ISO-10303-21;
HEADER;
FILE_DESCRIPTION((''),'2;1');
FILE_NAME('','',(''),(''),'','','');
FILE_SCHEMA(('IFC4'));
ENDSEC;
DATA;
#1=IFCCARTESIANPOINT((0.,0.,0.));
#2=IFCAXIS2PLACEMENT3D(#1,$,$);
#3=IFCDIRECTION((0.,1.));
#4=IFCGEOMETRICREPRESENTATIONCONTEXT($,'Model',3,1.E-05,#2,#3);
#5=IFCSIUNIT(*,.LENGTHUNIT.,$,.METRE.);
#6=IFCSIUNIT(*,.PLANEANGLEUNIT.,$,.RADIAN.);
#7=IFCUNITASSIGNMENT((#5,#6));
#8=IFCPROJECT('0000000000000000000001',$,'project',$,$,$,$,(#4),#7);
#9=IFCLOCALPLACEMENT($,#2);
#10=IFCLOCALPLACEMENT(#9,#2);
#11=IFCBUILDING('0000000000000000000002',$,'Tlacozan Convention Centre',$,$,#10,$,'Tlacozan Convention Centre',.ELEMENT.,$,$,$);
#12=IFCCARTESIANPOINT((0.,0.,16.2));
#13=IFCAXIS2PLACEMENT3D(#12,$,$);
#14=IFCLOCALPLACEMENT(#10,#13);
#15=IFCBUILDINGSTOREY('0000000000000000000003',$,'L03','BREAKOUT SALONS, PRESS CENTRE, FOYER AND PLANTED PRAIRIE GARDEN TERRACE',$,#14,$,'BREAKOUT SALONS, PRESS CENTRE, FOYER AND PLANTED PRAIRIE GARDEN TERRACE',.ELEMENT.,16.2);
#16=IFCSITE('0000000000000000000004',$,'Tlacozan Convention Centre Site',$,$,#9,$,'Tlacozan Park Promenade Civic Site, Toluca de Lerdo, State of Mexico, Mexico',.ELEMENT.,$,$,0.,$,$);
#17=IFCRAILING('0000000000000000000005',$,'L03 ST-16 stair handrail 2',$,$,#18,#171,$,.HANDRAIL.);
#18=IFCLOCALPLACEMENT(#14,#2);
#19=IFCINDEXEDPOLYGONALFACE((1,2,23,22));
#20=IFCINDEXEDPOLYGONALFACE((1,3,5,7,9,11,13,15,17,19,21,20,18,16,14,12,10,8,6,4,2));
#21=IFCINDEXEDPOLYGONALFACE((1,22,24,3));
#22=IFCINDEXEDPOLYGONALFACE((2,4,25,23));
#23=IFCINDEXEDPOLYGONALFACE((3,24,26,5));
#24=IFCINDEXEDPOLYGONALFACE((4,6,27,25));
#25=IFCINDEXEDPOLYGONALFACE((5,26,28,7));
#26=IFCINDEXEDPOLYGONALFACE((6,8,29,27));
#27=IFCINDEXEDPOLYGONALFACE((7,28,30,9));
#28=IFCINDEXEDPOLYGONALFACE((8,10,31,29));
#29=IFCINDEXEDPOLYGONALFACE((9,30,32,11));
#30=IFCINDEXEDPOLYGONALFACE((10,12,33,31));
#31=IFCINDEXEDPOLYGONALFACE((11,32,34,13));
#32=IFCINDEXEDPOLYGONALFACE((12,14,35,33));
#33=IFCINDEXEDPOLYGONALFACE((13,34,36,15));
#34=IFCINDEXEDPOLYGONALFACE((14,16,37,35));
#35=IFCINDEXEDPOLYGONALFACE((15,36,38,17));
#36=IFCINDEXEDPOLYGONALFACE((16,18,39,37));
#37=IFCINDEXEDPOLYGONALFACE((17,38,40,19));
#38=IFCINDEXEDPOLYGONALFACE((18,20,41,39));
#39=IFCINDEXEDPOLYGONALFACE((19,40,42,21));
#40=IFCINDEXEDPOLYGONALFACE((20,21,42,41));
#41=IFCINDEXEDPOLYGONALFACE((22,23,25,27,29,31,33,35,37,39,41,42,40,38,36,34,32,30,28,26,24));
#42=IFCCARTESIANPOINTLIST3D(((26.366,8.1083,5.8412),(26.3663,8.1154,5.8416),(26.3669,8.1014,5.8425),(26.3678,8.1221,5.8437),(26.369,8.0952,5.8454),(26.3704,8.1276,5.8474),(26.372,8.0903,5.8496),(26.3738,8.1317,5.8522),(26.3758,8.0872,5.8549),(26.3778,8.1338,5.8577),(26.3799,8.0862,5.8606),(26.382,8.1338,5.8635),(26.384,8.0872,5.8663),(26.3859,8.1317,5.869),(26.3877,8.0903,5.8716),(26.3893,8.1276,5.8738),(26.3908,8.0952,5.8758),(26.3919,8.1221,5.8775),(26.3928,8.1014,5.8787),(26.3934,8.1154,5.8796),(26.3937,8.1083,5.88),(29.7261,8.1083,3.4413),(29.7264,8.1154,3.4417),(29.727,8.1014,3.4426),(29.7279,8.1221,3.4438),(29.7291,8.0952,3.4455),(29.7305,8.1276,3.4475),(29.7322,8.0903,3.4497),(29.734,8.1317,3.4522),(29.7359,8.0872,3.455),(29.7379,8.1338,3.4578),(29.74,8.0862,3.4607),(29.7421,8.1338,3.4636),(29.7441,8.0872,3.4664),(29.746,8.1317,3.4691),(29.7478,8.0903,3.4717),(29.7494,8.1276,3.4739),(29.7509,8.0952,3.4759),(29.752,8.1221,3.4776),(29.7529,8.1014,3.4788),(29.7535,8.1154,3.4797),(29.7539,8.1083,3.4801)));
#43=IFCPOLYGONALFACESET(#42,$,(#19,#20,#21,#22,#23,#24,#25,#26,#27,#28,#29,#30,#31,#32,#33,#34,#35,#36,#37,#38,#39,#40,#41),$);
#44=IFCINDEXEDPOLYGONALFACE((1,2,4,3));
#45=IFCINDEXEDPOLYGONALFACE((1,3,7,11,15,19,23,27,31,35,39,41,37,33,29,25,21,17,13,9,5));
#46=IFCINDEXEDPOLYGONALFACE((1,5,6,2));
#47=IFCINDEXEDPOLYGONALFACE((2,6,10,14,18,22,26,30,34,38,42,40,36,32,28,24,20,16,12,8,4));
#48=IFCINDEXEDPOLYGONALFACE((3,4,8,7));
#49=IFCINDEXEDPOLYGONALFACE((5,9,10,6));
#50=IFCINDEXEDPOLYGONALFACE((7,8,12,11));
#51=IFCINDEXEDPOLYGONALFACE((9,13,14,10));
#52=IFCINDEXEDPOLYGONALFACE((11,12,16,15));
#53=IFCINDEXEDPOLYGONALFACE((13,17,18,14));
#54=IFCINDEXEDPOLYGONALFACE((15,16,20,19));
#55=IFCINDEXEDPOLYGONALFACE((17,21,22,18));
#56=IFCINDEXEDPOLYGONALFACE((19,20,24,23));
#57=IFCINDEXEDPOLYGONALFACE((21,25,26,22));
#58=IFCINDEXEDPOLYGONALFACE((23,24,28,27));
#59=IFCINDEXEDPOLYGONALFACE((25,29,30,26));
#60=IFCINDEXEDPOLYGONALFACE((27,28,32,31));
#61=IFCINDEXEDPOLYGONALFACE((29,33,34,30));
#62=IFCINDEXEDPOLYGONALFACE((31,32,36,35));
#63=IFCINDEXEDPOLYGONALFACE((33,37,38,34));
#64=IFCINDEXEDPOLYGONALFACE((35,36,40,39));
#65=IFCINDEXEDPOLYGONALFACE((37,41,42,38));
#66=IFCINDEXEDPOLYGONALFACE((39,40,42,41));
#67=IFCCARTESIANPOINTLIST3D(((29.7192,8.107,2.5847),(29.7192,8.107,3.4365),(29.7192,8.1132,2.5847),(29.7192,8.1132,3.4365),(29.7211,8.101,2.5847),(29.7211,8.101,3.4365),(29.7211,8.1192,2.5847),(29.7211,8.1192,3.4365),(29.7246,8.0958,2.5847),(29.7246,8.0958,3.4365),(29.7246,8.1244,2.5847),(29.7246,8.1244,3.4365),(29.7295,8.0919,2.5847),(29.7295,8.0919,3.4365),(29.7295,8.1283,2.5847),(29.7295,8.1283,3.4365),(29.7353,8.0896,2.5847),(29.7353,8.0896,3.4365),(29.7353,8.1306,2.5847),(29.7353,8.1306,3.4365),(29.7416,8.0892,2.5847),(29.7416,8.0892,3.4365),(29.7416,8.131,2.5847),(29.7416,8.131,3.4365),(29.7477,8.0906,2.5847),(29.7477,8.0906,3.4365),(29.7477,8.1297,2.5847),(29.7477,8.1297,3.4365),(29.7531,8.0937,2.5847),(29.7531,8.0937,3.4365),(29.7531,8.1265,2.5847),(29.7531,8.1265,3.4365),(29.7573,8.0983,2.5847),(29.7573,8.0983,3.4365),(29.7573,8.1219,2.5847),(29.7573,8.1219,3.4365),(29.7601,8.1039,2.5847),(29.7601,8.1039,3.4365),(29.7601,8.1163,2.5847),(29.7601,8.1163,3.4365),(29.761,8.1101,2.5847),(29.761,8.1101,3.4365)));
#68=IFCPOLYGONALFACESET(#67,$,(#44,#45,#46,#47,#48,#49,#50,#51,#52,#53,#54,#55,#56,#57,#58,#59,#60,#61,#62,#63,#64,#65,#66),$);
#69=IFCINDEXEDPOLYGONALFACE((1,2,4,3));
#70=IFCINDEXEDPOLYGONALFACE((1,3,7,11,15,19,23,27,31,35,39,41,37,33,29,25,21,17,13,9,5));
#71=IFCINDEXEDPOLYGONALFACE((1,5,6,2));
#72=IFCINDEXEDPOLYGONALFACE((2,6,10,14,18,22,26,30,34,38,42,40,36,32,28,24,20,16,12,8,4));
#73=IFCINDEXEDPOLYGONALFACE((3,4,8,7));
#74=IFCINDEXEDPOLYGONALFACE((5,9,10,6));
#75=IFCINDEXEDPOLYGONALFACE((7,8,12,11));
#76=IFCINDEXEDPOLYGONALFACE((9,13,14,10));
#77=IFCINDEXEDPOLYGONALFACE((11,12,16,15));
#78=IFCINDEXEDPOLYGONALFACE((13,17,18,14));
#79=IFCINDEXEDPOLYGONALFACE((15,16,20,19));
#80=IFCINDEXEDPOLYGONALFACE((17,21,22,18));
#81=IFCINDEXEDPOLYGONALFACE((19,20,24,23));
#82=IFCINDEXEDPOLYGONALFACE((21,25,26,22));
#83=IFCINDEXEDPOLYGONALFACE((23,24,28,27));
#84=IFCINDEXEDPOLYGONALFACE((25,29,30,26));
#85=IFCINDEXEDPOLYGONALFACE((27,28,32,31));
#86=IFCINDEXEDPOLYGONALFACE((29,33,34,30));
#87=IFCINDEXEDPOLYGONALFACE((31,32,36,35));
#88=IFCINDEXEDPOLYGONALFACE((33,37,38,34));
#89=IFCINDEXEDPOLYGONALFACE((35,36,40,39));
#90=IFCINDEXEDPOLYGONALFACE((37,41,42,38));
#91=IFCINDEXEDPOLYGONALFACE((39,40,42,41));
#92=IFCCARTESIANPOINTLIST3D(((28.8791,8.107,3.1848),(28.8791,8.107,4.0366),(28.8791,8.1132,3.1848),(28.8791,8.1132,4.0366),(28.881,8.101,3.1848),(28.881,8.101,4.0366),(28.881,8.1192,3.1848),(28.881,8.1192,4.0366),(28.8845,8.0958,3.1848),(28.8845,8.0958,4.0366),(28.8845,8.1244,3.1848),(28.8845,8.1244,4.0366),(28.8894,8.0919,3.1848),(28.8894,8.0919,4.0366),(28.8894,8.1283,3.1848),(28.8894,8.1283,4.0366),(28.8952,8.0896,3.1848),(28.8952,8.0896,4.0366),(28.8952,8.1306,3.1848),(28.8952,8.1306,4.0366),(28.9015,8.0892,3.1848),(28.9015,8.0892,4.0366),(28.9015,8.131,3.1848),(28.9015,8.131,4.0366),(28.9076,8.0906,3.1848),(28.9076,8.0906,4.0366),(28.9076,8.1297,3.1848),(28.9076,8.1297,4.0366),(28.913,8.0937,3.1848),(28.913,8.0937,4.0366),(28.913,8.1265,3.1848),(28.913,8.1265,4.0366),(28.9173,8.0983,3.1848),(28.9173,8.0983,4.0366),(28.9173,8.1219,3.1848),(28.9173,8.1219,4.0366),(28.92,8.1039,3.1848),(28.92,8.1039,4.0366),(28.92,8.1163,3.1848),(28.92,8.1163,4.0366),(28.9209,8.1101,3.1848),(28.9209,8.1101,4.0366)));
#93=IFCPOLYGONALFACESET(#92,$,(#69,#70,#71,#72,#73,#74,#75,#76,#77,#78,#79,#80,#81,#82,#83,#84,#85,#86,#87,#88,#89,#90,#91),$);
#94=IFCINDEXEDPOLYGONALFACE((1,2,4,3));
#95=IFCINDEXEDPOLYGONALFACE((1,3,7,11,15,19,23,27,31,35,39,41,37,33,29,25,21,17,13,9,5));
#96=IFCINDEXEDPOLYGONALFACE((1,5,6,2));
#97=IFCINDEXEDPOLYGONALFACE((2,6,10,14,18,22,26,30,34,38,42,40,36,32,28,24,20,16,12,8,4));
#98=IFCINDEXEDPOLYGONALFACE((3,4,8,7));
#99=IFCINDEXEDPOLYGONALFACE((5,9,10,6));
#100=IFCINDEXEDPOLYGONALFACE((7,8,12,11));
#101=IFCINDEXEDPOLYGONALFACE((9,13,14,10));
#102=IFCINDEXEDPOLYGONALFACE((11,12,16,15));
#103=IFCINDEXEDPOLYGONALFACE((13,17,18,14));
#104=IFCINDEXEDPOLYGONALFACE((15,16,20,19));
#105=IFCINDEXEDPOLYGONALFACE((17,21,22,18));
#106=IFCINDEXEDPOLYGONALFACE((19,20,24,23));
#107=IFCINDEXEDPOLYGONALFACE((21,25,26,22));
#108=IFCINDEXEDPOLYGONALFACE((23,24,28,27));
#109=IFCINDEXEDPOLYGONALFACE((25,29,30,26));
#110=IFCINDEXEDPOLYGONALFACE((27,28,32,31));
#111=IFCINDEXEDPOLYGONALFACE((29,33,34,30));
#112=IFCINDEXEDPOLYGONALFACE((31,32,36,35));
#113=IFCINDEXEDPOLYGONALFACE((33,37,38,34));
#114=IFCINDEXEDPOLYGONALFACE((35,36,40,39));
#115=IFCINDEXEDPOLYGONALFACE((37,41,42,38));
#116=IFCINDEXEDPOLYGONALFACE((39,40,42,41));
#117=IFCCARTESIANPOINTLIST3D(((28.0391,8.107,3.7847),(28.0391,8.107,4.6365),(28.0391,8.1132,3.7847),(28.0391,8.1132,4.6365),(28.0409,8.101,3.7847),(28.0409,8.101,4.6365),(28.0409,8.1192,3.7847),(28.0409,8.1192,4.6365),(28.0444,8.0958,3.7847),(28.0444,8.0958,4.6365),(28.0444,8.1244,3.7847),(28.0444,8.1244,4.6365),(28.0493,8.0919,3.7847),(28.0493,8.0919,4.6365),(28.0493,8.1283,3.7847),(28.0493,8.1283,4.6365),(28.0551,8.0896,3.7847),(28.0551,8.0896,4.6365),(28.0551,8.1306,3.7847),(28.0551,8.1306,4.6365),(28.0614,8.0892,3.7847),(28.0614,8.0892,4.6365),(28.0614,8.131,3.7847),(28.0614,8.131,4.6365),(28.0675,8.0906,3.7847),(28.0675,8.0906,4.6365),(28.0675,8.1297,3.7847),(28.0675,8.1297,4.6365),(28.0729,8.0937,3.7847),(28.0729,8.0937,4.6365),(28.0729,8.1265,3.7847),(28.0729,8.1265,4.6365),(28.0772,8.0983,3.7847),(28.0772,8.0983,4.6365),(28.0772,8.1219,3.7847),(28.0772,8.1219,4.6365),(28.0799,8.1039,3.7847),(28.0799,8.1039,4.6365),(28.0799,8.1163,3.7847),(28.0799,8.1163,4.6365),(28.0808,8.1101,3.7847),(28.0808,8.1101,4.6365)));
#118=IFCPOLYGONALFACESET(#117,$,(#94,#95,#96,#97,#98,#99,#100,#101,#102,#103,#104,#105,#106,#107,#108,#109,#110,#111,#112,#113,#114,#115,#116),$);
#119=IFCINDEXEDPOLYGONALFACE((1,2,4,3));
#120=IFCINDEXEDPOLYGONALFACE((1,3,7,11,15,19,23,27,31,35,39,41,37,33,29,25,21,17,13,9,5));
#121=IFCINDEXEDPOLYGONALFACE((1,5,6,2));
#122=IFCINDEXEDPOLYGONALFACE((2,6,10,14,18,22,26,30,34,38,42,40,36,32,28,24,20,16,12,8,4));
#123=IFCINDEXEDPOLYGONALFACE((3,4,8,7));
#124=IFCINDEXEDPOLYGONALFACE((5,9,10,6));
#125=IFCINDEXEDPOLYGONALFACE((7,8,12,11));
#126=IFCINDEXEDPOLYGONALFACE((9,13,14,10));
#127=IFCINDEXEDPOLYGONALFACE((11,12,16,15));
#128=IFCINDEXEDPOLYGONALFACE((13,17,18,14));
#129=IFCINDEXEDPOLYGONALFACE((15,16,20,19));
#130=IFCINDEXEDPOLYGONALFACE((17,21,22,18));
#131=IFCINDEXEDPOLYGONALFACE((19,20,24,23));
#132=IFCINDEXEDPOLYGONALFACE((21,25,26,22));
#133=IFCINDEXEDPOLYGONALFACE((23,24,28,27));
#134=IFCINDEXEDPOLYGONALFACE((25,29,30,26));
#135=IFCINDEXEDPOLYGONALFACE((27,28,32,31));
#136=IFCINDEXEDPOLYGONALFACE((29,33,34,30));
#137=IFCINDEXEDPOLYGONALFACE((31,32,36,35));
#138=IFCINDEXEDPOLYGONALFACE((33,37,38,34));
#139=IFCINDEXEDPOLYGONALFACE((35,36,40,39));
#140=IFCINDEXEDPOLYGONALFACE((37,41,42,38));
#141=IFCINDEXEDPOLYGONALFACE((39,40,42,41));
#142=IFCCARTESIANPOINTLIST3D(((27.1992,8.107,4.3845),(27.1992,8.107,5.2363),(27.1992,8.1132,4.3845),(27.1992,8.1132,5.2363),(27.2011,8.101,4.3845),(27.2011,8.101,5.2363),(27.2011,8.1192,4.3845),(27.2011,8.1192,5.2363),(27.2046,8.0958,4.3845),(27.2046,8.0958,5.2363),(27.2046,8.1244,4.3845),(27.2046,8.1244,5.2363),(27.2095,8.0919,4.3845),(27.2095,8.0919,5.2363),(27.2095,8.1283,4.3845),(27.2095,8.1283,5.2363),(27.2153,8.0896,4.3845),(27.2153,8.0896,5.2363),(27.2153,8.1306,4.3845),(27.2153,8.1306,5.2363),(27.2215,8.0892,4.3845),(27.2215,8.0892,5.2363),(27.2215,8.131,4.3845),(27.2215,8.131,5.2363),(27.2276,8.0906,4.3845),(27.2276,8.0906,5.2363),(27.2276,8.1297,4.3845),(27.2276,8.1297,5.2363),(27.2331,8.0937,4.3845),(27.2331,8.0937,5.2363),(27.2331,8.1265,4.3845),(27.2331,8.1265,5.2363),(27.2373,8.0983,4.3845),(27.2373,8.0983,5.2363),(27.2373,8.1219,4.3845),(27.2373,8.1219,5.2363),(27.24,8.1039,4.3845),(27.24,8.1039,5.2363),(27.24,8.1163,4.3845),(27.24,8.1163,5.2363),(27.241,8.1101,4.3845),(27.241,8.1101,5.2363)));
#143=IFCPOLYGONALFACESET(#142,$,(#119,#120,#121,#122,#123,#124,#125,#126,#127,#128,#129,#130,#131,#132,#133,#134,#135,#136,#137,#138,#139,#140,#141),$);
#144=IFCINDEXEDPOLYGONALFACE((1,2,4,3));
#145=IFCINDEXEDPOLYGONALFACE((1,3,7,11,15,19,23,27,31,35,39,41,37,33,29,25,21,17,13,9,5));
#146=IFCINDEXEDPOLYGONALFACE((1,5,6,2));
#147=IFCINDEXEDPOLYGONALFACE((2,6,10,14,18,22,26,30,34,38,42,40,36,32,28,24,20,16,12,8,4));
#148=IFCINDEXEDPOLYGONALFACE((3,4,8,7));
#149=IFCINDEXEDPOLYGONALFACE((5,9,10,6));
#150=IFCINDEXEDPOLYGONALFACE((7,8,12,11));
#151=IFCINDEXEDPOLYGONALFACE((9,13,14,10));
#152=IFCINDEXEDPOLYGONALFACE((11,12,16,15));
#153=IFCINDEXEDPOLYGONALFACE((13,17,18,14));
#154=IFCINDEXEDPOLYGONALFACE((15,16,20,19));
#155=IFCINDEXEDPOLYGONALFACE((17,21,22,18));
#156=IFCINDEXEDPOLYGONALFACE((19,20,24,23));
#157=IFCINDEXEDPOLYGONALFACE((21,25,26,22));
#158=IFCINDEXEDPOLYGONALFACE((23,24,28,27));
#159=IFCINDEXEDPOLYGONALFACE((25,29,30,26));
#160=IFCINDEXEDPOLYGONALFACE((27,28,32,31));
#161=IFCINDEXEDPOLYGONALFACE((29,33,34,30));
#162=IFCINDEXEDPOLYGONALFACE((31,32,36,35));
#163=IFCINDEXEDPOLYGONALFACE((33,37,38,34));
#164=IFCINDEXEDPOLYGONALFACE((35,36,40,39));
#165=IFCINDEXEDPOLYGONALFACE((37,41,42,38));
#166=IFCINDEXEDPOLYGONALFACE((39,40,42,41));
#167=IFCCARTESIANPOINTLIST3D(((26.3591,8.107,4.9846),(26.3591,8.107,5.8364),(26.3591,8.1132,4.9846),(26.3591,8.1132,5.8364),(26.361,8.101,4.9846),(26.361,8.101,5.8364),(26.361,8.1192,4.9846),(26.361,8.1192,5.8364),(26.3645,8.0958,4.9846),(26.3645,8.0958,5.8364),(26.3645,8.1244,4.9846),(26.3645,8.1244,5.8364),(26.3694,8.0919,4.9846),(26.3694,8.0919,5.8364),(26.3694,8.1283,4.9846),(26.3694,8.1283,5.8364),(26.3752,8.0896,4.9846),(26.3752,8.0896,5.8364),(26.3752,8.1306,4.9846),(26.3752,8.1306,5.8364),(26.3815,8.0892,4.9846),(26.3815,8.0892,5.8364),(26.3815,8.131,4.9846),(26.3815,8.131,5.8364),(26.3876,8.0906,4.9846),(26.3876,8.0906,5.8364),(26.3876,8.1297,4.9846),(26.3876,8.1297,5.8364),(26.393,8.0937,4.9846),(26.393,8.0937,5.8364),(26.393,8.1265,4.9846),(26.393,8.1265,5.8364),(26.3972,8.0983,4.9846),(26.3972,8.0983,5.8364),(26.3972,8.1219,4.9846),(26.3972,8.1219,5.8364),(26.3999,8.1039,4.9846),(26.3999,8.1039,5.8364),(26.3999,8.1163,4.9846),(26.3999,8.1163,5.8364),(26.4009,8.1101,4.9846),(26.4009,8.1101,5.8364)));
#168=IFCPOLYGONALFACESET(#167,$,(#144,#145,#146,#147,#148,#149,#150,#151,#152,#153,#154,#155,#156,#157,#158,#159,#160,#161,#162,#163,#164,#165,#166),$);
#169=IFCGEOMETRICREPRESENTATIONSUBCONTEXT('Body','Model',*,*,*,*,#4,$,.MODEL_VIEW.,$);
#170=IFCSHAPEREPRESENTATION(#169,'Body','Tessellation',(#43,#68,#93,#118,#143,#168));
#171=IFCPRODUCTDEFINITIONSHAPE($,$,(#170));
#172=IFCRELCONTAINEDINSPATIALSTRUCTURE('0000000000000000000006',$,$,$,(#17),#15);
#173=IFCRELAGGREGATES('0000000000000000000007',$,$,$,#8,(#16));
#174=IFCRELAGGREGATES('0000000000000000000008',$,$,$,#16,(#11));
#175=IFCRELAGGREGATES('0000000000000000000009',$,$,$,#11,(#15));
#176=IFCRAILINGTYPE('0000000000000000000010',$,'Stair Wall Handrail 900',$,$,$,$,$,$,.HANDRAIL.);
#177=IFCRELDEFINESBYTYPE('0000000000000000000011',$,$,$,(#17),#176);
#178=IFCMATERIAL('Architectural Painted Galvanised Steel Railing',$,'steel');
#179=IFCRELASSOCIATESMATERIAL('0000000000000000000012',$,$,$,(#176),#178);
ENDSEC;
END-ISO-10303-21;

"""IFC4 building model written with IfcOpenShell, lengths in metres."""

from ifc_helpers import new_model, si_unit, direction, frame, origin, origin_2d, place, context, subcontext, project, spatial, circle, extrude, material, type_object, element, save


model = new_model("IFC4")

# Units and contexts
model_context = context("Model", 3, precision=1e-05, world=origin(), true_north=direction((0.0, 1.0)))
body_context = subcontext(model_context, "Body", "Model", "MODEL_VIEW")
ifc_project = project(units=[si_unit("LENGTHUNIT", "METRE"), si_unit("PLANEANGLEUNIT", "RADIAN")], contexts=[model_context])

# Site, building, storey
site_placement = place(None, origin())
site = spatial("IfcSite", under=ifc_project, at=site_placement, Name="Tlacozan Convention Centre Site", LongName="Tlacozan Park Promenade Civic Site, Toluca de Lerdo, State of Mexico, Mexico", CompositionType="ELEMENT", RefElevation=0.0)
building_placement = place(site_placement, origin())
building = spatial("IfcBuilding", under=site, at=building_placement, Name="Tlacozan Convention Centre", LongName="Tlacozan Convention Centre", CompositionType="ELEMENT")
storey_placement = place(building_placement, frame((0.0, 0.0, 16.2)))
storey = spatial("IfcBuildingStorey", under=building, at=storey_placement, Name="L03", Description="BREAKOUT SALONS, PRESS CENTRE, FOYER AND PLANTED PRAIRIE GARDEN TERRACE", LongName="BREAKOUT SALONS, PRESS CENTRE, FOYER AND PLANTED PRAIRIE GARDEN TERRACE", CompositionType="ELEMENT", Elevation=16.2)

# Railing
ifc_material_1 = material(Name="Architectural Painted Galvanised Steel Railing", Category="steel")
railing_type_1 = type_object("IfcRailingType", Name="Stair Wall Handrail 900", PredefinedType="HANDRAIL", material=ifc_material_1)
railing_1_placement = place(storey_placement, frame((29.74, 8.1101, 2.5847)))
element("IfcRailing", 1, at=railing_1_placement, inside=storey, type_object=railing_type_1, Name="L03 ST-16 stair handrail 2", PredefinedType="HANDRAIL", context=body_context, shape_type="SweptSolid", body=[
    extrude(circle(Radius=0.0239, at=origin_2d()), frame((0.0, 0.0, 0.876), z_axis=(-0.813753, 0.0, 0.58121), x_axis=(0.0, -1.0, 0.0)), (0.0, 0.0, 1.0), 4.1292),
    extrude(circle(Radius=0.021, at=origin_2d()), origin(), (0.0, 0.0, 1.0), 0.8518),
    extrude(circle(Radius=0.021, at=origin_2d()), frame((-0.8401, 0.0, 0.6001)), (0.0, 0.0, 1.0), 0.8518),
    extrude(circle(Radius=0.021, at=origin_2d()), frame((-1.6802, 0.0, 1.2)), (0.0, 0.0, 1.0), 0.8518),
    extrude(circle(Radius=0.021, at=origin_2d()), frame((-2.52, 0.0, 1.7998)), (0.0, 0.0, 1.0), 0.8518),
    extrude(circle(Radius=0.021, at=origin_2d()), frame((-3.3601, 0.0, 2.3999)), (0.0, 0.0, 1.0), 0.8518),
])

save(model, "model.ifc")
